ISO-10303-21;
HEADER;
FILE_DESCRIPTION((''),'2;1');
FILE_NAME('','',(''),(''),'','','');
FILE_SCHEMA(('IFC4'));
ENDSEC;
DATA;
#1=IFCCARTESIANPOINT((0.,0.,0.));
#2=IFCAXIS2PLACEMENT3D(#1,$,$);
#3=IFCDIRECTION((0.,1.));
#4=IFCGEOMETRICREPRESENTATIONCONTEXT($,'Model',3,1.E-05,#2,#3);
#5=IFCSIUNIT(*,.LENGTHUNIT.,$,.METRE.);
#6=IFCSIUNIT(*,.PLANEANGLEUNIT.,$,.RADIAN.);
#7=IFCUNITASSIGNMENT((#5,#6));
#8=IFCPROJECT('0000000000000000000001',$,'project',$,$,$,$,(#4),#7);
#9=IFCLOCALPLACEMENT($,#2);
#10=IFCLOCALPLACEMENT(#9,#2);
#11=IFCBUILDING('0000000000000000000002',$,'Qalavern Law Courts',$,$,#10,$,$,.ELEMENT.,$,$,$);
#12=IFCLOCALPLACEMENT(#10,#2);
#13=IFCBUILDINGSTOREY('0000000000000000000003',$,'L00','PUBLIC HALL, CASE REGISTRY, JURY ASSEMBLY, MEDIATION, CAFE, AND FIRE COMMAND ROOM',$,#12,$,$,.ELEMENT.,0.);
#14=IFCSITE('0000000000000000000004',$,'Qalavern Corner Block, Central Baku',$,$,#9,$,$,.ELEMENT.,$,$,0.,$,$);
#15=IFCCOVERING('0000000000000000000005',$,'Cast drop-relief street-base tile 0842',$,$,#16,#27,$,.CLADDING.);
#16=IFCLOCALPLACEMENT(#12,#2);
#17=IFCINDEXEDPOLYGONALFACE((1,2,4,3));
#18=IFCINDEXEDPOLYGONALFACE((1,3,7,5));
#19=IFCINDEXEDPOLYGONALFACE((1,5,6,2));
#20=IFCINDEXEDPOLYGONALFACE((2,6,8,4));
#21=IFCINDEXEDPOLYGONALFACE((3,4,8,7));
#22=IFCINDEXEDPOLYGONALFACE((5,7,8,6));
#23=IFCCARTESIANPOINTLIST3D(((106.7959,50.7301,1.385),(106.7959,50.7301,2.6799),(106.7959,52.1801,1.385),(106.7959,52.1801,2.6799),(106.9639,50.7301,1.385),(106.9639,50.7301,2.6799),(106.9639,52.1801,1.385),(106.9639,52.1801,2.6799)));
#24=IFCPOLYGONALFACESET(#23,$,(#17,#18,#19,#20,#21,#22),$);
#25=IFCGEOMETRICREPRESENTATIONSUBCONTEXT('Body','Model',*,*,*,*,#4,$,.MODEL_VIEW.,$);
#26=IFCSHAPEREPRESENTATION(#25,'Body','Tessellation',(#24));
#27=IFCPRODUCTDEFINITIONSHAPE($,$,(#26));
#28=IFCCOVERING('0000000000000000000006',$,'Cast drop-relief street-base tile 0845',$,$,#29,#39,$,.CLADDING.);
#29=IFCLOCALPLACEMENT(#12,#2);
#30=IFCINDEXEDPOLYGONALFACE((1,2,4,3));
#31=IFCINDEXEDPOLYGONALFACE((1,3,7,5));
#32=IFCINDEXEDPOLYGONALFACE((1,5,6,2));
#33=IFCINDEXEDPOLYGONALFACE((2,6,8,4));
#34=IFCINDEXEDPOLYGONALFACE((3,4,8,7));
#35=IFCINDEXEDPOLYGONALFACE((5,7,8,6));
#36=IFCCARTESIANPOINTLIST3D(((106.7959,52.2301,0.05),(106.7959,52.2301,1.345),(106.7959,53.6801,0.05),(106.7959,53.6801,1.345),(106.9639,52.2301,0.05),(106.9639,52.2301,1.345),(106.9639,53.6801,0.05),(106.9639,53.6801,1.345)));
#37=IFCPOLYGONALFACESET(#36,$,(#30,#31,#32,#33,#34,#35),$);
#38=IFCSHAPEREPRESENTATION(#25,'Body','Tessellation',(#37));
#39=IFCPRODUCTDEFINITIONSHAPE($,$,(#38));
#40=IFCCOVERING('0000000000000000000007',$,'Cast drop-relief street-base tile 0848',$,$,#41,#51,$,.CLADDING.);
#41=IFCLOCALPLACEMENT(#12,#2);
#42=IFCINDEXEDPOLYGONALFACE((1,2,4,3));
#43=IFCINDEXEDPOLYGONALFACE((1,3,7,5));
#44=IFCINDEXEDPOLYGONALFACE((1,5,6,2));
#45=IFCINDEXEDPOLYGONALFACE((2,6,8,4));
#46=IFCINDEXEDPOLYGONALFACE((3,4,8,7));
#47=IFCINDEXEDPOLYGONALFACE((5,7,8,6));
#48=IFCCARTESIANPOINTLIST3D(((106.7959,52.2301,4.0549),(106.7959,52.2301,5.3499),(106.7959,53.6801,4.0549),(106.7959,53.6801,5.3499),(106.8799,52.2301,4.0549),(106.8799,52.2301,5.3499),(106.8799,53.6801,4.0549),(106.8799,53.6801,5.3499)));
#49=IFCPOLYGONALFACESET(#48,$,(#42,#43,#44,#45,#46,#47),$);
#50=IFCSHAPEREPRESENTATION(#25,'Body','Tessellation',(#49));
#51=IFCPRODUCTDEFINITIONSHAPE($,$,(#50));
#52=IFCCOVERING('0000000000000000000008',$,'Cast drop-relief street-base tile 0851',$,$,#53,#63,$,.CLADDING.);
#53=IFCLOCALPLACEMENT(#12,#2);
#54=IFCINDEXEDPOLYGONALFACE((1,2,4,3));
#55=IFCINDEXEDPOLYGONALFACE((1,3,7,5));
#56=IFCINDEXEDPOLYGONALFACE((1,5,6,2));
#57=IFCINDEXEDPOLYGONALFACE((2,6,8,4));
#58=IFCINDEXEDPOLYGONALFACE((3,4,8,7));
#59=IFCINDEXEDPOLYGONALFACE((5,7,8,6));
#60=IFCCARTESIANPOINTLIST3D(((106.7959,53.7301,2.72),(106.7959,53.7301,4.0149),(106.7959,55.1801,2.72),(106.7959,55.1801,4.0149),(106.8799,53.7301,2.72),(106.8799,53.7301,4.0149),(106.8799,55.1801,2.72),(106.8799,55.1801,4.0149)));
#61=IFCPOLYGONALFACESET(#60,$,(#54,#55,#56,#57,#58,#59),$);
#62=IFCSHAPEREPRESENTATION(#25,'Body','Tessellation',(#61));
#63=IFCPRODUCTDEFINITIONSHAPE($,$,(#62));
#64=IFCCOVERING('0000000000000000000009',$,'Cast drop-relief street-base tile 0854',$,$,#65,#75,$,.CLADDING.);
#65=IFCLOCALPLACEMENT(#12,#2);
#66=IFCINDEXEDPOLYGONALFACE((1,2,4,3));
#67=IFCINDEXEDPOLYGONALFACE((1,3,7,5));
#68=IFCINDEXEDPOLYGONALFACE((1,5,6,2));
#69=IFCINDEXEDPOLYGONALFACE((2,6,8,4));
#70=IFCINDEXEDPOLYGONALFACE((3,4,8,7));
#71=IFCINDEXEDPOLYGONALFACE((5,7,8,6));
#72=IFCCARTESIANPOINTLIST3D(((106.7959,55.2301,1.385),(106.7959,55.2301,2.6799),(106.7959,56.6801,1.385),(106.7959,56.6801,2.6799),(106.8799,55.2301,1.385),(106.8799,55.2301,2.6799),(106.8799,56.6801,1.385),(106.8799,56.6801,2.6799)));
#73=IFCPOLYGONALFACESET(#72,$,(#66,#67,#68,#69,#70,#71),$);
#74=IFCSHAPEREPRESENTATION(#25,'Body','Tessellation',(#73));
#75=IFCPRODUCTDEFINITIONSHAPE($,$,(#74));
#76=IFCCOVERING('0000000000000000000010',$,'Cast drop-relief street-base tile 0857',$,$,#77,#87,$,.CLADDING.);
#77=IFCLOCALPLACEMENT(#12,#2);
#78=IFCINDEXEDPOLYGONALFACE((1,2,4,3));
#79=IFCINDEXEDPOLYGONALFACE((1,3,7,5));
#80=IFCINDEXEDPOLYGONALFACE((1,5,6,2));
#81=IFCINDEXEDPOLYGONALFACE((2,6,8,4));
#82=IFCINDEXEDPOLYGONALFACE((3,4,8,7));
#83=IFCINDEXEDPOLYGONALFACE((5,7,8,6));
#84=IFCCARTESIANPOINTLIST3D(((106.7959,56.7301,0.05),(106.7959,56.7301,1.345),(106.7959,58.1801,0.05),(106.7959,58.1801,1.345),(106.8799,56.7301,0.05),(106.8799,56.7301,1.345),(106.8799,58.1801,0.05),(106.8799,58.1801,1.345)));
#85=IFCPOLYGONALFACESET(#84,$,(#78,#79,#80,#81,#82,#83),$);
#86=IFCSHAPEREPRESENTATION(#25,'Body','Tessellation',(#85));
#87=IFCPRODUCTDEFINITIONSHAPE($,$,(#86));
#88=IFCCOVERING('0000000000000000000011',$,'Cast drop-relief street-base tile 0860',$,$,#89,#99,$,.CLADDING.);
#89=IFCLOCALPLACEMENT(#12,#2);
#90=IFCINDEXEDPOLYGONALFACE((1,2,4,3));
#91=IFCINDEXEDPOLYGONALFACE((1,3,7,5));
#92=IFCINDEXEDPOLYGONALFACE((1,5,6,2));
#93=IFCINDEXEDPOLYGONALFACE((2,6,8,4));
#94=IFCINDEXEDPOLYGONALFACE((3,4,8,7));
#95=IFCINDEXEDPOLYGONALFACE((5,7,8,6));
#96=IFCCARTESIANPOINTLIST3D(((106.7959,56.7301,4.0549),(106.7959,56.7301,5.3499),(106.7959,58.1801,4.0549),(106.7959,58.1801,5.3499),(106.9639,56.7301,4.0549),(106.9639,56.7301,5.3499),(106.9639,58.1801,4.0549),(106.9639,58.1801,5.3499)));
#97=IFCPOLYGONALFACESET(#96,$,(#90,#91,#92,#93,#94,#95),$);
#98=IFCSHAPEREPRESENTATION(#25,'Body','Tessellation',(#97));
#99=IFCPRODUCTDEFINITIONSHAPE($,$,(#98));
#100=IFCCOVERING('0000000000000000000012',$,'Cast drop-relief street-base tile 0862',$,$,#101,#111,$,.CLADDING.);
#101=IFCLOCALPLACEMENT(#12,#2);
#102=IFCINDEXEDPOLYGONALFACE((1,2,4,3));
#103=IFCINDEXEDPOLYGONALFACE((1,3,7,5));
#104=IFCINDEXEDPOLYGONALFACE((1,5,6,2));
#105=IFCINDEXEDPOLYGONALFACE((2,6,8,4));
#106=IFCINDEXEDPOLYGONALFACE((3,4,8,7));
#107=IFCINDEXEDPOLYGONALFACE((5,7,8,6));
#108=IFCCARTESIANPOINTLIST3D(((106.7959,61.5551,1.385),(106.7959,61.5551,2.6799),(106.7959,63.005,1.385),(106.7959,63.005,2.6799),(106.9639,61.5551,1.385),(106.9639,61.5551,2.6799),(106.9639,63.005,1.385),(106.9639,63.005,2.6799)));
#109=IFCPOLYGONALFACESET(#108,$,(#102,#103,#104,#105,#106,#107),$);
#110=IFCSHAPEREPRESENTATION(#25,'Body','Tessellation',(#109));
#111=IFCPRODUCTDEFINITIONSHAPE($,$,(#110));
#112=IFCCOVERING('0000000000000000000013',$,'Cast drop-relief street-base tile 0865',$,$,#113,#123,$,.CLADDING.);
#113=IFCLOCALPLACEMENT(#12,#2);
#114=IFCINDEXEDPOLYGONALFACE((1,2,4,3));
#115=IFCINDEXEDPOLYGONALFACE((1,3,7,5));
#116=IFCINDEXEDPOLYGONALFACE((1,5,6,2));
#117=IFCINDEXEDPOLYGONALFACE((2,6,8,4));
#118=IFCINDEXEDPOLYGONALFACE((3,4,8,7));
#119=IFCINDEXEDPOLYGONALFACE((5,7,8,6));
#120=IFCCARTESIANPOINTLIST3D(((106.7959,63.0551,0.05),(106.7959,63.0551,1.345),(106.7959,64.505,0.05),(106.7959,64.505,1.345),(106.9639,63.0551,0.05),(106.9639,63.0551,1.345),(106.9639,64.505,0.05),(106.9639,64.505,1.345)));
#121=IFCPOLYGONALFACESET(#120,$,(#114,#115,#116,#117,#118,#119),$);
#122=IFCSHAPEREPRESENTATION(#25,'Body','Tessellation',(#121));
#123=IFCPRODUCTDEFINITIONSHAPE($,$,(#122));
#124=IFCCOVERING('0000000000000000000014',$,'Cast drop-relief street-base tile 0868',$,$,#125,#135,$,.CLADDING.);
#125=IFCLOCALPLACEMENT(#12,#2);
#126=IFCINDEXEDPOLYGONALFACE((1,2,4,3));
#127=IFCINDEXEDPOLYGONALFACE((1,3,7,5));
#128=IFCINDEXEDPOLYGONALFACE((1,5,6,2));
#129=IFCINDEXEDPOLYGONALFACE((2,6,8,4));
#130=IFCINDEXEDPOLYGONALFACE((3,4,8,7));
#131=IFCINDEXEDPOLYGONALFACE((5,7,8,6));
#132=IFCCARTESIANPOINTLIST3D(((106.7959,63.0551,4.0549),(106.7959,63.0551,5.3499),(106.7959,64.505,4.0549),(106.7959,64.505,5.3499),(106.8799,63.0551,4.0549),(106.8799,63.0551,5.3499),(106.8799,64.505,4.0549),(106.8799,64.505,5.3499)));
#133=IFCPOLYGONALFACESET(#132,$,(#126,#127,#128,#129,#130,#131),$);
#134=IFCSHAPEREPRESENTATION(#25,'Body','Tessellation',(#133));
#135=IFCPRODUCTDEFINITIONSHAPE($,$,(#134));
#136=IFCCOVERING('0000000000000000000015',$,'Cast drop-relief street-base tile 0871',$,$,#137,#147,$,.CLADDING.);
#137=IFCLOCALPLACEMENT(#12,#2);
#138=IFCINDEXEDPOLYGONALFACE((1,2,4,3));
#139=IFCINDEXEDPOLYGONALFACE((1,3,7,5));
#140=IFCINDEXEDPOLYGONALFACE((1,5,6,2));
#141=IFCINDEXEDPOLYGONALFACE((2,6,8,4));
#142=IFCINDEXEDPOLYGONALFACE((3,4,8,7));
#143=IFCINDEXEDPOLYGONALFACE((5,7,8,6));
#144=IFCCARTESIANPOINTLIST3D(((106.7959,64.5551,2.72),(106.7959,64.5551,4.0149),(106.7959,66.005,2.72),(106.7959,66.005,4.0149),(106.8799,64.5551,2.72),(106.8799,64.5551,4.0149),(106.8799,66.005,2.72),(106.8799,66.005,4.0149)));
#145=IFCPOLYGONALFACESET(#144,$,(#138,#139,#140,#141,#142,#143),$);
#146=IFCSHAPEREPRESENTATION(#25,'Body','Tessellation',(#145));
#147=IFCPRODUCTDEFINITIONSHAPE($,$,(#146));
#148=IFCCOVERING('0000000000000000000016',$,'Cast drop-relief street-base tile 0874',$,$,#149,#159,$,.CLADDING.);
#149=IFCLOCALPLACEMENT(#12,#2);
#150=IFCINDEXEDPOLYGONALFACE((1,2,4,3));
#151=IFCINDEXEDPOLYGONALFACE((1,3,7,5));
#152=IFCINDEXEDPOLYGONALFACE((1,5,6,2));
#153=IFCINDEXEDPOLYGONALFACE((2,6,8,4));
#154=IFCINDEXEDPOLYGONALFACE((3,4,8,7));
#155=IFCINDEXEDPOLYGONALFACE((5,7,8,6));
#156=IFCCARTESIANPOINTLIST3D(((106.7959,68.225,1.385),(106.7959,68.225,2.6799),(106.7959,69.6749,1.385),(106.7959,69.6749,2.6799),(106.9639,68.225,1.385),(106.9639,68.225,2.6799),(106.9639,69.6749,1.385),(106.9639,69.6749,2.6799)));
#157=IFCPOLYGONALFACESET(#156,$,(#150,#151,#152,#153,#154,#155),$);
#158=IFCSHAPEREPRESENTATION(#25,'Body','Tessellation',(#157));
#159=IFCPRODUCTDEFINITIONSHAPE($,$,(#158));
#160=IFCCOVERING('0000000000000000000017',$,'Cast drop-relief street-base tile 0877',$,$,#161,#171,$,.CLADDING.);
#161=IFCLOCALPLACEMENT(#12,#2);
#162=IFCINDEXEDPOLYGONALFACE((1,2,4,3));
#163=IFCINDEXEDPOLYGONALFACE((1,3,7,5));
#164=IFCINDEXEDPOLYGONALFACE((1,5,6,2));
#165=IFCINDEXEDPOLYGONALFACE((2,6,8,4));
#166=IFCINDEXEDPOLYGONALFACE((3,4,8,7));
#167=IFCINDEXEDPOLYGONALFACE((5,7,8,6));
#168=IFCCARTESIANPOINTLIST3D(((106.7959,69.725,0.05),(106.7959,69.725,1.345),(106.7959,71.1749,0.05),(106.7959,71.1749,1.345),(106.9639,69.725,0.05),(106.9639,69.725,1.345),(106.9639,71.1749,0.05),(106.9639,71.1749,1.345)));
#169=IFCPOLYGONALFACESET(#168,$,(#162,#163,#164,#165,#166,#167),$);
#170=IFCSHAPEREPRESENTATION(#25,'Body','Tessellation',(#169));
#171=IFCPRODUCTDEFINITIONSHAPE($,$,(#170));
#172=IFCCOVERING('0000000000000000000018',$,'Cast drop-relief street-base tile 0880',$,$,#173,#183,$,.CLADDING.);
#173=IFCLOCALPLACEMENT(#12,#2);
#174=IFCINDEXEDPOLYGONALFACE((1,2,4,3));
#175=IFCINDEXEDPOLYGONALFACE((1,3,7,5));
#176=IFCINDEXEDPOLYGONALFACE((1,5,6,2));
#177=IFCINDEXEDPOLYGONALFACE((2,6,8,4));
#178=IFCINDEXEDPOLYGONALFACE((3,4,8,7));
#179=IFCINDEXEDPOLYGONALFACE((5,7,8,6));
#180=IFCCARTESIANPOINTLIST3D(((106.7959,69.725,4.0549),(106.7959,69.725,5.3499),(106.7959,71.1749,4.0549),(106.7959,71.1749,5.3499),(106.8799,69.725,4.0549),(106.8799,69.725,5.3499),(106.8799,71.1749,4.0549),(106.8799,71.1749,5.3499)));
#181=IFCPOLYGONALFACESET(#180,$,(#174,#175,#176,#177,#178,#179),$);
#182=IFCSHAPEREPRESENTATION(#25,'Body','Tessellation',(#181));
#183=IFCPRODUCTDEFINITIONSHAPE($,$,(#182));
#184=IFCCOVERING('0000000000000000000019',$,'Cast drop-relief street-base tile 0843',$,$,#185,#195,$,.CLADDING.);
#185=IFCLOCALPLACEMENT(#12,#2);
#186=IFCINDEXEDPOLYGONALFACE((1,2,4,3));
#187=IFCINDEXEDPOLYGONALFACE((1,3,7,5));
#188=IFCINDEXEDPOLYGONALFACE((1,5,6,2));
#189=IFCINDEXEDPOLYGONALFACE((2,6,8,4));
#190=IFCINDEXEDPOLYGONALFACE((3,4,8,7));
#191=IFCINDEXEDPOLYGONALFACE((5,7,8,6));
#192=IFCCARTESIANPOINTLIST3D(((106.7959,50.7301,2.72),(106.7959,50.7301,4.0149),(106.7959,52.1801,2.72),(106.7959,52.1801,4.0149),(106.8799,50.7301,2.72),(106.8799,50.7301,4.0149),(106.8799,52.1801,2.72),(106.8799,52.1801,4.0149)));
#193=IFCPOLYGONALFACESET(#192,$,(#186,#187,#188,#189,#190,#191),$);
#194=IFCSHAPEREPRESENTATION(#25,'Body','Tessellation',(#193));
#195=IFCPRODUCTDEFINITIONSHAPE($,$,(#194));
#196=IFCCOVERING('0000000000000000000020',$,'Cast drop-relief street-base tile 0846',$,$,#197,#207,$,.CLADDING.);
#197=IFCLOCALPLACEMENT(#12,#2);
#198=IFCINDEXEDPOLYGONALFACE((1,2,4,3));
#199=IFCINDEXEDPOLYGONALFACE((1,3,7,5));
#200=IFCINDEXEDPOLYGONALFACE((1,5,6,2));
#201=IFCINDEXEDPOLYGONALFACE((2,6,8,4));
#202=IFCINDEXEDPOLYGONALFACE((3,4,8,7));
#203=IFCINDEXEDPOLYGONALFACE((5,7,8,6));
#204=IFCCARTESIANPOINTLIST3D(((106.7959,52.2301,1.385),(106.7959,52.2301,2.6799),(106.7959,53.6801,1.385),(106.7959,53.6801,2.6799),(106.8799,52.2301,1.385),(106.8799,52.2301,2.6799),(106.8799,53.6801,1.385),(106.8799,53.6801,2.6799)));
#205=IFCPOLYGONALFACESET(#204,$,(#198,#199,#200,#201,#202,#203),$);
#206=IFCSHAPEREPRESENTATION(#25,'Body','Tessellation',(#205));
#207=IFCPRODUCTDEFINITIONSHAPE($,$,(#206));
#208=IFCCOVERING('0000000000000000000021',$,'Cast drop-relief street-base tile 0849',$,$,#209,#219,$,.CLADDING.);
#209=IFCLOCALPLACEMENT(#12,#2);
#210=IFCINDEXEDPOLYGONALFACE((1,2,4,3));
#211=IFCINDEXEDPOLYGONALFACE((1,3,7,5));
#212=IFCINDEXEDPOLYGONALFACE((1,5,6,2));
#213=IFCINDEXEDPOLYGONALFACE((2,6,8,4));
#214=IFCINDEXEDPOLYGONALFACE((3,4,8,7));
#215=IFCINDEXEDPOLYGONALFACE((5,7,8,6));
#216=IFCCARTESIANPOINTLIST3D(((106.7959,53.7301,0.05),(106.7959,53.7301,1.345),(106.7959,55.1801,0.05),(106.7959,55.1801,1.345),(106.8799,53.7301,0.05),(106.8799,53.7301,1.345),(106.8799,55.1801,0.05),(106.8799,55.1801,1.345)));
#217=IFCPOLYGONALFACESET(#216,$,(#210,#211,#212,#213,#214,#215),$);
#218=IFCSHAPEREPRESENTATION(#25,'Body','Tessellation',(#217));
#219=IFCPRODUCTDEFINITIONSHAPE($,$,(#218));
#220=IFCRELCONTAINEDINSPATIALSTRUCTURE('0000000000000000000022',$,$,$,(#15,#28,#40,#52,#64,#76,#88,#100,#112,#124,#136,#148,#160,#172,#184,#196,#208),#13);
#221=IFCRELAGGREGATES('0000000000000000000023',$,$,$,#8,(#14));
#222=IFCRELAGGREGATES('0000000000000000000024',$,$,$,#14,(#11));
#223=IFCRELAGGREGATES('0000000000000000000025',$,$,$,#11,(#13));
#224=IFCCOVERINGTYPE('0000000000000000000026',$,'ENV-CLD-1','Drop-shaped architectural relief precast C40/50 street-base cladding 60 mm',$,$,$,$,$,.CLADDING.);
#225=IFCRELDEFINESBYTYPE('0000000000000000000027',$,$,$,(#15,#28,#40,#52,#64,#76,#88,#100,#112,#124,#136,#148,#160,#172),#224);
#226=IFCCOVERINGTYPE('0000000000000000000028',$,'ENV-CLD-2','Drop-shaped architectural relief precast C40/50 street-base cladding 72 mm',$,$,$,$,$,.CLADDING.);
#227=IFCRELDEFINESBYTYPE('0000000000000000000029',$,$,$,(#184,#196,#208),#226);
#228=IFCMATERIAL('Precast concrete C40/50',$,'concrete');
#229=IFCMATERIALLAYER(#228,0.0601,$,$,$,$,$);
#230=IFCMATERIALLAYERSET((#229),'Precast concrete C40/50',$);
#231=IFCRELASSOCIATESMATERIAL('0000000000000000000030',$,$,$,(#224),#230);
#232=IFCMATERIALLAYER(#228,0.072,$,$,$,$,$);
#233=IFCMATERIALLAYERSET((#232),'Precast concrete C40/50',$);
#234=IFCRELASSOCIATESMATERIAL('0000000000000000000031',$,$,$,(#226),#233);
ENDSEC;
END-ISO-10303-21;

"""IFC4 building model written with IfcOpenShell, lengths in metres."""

from ifc_helpers import new_model, si_unit, direction, frame, origin, origin_2d, place, context, subcontext, project, spatial, rectangle, extrude, material, layer, layer_set, type_object, element, save


model = new_model("IFC4")

# Units and contexts
model_context = context("Model", 3, precision=1e-05, world=origin(), true_north=direction((0.0, 1.0)))
body_context = subcontext(model_context, "Body", "Model", "MODEL_VIEW")
ifc_project = project(units=[si_unit("LENGTHUNIT", "METRE"), si_unit("PLANEANGLEUNIT", "RADIAN")], contexts=[model_context])

# Site, building, storey
site_placement = place(None, origin())
site = spatial("IfcSite", under=ifc_project, at=site_placement, Name="Qalavern Corner Block, Central Baku", CompositionType="ELEMENT", RefElevation=0.0)
building_placement = place(site_placement, origin())
building = spatial("IfcBuilding", under=site, at=building_placement, Name="Qalavern Law Courts", CompositionType="ELEMENT")
storey_placement = place(building_placement, origin())
storey = spatial("IfcBuildingStorey", under=building, at=storey_placement, Name="L00", Description="PUBLIC HALL, CASE REGISTRY, JURY ASSEMBLY, MEDIATION, CAFE, AND FIRE COMMAND ROOM", CompositionType="ELEMENT", Elevation=0.0)

# Coverings
ifc_material = material(Name="Precast concrete C40/50", Category="concrete")
ifc_layer_1 = layer(ifc_material, 0.0601)
ifc_layer_set_1 = layer_set([ifc_layer_1], Name="Precast concrete C40/50")
covering_type_1 = type_object("IfcCoveringType", Name="ENV-CLD-1", Description="Drop-shaped architectural relief precast C40/50 street-base cladding 60 mm", PredefinedType="CLADDING", material=ifc_layer_set_1)
for number, where, z_axis, x_axis, name in (
    (1, (106.8799, 51.4551, 1.385), (0.0, 0.0, 1.0), (0.0, 1.0, 0.0), "Cast drop-relief street-base tile 0842"),
    (2, (106.8799, 52.9551, 0.05), (0.0, 0.0, 1.0), (0.0, 1.0, 0.0), "Cast drop-relief street-base tile 0845"),
):
    element("IfcCovering", number, at=place(storey_placement, frame(where, z_axis=z_axis, x_axis=x_axis)), inside=storey, type_object=covering_type_1, Name=name, PredefinedType="CLADDING", context=body_context, shape_type="SweptSolid", body=[
        extrude(rectangle(XDim=1.45, YDim=0.168, at=origin_2d()), origin(), (0.0, 0.0, 1.0), 1.2949),
    ])
for number, where, z_axis, x_axis, name in (
    (3, (106.8379, 52.9551, 4.0549), (0.0, 0.0, 1.0), (0.0, 1.0, 0.0), "Cast drop-relief street-base tile 0848"),
    (4, (106.8379, 54.4551, 2.72), (0.0, 0.0, 1.0), (0.0, 1.0, 0.0), "Cast drop-relief street-base tile 0851"),
    (5, (106.8379, 55.9551, 1.385), (0.0, 0.0, 1.0), (0.0, 1.0, 0.0), "Cast drop-relief street-base tile 0854"),
    (6, (106.8379, 57.4551, 0.05), (0.0, 0.0, 1.0), (0.0, 1.0, 0.0), "Cast drop-relief street-base tile 0857"),
):
    element("IfcCovering", number, at=place(storey_placement, frame(where, z_axis=z_axis, x_axis=x_axis)), inside=storey, type_object=covering_type_1, Name=name, PredefinedType="CLADDING", context=body_context, shape_type="SweptSolid", body=[
        extrude(rectangle(XDim=1.45, YDim=0.084, at=origin_2d()), origin(), (0.0, 0.0, 1.0), 1.2949),
    ])
for number, where, z_axis, x_axis, name in (
    (7, (106.8799, 57.4551, 4.0549), (0.0, 0.0, 1.0), (0.0, 1.0, 0.0), "Cast drop-relief street-base tile 0860"),
    (8, (106.8799, 62.28, 1.385), (0.0, 0.0, 1.0), (0.0, 1.0, 0.0), "Cast drop-relief street-base tile 0862"),
    (9, (106.8799, 63.78, 0.05), (0.0, 0.0, 1.0), (0.0, 1.0, 0.0), "Cast drop-relief street-base tile 0865"),
):
    element("IfcCovering", number, at=place(storey_placement, frame(where, z_axis=z_axis, x_axis=x_axis)), inside=storey, type_object=covering_type_1, Name=name, PredefinedType="CLADDING", context=body_context, shape_type="SweptSolid", body=[
        extrude(rectangle(XDim=1.45, YDim=0.168, at=origin_2d()), origin(), (0.0, 0.0, 1.0), 1.2949),
    ])
for number, where, z_axis, x_axis, name in (
    (10, (106.8379, 63.78, 4.0549), (0.0, 0.0, 1.0), (0.0, 1.0, 0.0), "Cast drop-relief street-base tile 0868"),
    (11, (106.8379, 65.28, 2.72), (0.0, 0.0, 1.0), (0.0, 1.0, 0.0), "Cast drop-relief street-base tile 0871"),
):
    element("IfcCovering", number, at=place(storey_placement, frame(where, z_axis=z_axis, x_axis=x_axis)), inside=storey, type_object=covering_type_1, Name=name, PredefinedType="CLADDING", context=body_context, shape_type="SweptSolid", body=[
        extrude(rectangle(XDim=1.45, YDim=0.084, at=origin_2d()), origin(), (0.0, 0.0, 1.0), 1.2949),
    ])
for number, where, z_axis, x_axis, name in (
    (12, (106.8799, 68.95, 1.385), (0.0, 0.0, 1.0), (0.0, 1.0, 0.0), "Cast drop-relief street-base tile 0874"),
    (13, (106.8799, 70.45, 0.05), (0.0, 0.0, 1.0), (0.0, 1.0, 0.0), "Cast drop-relief street-base tile 0877"),
):
    element("IfcCovering", number, at=place(storey_placement, frame(where, z_axis=z_axis, x_axis=x_axis)), inside=storey, type_object=covering_type_1, Name=name, PredefinedType="CLADDING", context=body_context, shape_type="SweptSolid", body=[
        extrude(rectangle(XDim=1.45, YDim=0.168, at=origin_2d()), origin(), (0.0, 0.0, 1.0), 1.2949),
    ])
covering_1_placement = place(storey_placement, frame((106.8379, 70.45, 4.0549), z_axis=(0.0, 0.0, 1.0), x_axis=(0.0, 1.0, 0.0)))
element("IfcCovering", 14, at=covering_1_placement, inside=storey, type_object=covering_type_1, Name="Cast drop-relief street-base tile 0880", PredefinedType="CLADDING", context=body_context, shape_type="SweptSolid", body=[
    extrude(rectangle(XDim=1.45, YDim=0.084, at=origin_2d()), origin(), (0.0, 0.0, 1.0), 1.2949),
])
ifc_layer_2 = layer(ifc_material, 0.072)
ifc_layer_set_2 = layer_set([ifc_layer_2], Name="Precast concrete C40/50")
covering_type_2 = type_object("IfcCoveringType", Name="ENV-CLD-2", Description="Drop-shaped architectural relief precast C40/50 street-base cladding 72 mm", PredefinedType="CLADDING", material=ifc_layer_set_2)
for number, where, z_axis, x_axis, name in (
    (15, (106.8379, 51.4551, 2.72), (0.0, 0.0, 1.0), (0.0, 1.0, 0.0), "Cast drop-relief street-base tile 0843"),
    (16, (106.8379, 52.9551, 1.385), (0.0, 0.0, 1.0), (0.0, 1.0, 0.0), "Cast drop-relief street-base tile 0846"),
    (17, (106.8379, 54.4551, 0.05), (0.0, 0.0, 1.0), (0.0, 1.0, 0.0), "Cast drop-relief street-base tile 0849"),
):
    element("IfcCovering", number, at=place(storey_placement, frame(where, z_axis=z_axis, x_axis=x_axis)), inside=storey, type_object=covering_type_2, Name=name, PredefinedType="CLADDING", context=body_context, shape_type="SweptSolid", body=[
        extrude(rectangle(XDim=1.45, YDim=0.084, at=origin_2d()), origin(), (0.0, 0.0, 1.0), 1.2949),
    ])

save(model, "model.ifc")
